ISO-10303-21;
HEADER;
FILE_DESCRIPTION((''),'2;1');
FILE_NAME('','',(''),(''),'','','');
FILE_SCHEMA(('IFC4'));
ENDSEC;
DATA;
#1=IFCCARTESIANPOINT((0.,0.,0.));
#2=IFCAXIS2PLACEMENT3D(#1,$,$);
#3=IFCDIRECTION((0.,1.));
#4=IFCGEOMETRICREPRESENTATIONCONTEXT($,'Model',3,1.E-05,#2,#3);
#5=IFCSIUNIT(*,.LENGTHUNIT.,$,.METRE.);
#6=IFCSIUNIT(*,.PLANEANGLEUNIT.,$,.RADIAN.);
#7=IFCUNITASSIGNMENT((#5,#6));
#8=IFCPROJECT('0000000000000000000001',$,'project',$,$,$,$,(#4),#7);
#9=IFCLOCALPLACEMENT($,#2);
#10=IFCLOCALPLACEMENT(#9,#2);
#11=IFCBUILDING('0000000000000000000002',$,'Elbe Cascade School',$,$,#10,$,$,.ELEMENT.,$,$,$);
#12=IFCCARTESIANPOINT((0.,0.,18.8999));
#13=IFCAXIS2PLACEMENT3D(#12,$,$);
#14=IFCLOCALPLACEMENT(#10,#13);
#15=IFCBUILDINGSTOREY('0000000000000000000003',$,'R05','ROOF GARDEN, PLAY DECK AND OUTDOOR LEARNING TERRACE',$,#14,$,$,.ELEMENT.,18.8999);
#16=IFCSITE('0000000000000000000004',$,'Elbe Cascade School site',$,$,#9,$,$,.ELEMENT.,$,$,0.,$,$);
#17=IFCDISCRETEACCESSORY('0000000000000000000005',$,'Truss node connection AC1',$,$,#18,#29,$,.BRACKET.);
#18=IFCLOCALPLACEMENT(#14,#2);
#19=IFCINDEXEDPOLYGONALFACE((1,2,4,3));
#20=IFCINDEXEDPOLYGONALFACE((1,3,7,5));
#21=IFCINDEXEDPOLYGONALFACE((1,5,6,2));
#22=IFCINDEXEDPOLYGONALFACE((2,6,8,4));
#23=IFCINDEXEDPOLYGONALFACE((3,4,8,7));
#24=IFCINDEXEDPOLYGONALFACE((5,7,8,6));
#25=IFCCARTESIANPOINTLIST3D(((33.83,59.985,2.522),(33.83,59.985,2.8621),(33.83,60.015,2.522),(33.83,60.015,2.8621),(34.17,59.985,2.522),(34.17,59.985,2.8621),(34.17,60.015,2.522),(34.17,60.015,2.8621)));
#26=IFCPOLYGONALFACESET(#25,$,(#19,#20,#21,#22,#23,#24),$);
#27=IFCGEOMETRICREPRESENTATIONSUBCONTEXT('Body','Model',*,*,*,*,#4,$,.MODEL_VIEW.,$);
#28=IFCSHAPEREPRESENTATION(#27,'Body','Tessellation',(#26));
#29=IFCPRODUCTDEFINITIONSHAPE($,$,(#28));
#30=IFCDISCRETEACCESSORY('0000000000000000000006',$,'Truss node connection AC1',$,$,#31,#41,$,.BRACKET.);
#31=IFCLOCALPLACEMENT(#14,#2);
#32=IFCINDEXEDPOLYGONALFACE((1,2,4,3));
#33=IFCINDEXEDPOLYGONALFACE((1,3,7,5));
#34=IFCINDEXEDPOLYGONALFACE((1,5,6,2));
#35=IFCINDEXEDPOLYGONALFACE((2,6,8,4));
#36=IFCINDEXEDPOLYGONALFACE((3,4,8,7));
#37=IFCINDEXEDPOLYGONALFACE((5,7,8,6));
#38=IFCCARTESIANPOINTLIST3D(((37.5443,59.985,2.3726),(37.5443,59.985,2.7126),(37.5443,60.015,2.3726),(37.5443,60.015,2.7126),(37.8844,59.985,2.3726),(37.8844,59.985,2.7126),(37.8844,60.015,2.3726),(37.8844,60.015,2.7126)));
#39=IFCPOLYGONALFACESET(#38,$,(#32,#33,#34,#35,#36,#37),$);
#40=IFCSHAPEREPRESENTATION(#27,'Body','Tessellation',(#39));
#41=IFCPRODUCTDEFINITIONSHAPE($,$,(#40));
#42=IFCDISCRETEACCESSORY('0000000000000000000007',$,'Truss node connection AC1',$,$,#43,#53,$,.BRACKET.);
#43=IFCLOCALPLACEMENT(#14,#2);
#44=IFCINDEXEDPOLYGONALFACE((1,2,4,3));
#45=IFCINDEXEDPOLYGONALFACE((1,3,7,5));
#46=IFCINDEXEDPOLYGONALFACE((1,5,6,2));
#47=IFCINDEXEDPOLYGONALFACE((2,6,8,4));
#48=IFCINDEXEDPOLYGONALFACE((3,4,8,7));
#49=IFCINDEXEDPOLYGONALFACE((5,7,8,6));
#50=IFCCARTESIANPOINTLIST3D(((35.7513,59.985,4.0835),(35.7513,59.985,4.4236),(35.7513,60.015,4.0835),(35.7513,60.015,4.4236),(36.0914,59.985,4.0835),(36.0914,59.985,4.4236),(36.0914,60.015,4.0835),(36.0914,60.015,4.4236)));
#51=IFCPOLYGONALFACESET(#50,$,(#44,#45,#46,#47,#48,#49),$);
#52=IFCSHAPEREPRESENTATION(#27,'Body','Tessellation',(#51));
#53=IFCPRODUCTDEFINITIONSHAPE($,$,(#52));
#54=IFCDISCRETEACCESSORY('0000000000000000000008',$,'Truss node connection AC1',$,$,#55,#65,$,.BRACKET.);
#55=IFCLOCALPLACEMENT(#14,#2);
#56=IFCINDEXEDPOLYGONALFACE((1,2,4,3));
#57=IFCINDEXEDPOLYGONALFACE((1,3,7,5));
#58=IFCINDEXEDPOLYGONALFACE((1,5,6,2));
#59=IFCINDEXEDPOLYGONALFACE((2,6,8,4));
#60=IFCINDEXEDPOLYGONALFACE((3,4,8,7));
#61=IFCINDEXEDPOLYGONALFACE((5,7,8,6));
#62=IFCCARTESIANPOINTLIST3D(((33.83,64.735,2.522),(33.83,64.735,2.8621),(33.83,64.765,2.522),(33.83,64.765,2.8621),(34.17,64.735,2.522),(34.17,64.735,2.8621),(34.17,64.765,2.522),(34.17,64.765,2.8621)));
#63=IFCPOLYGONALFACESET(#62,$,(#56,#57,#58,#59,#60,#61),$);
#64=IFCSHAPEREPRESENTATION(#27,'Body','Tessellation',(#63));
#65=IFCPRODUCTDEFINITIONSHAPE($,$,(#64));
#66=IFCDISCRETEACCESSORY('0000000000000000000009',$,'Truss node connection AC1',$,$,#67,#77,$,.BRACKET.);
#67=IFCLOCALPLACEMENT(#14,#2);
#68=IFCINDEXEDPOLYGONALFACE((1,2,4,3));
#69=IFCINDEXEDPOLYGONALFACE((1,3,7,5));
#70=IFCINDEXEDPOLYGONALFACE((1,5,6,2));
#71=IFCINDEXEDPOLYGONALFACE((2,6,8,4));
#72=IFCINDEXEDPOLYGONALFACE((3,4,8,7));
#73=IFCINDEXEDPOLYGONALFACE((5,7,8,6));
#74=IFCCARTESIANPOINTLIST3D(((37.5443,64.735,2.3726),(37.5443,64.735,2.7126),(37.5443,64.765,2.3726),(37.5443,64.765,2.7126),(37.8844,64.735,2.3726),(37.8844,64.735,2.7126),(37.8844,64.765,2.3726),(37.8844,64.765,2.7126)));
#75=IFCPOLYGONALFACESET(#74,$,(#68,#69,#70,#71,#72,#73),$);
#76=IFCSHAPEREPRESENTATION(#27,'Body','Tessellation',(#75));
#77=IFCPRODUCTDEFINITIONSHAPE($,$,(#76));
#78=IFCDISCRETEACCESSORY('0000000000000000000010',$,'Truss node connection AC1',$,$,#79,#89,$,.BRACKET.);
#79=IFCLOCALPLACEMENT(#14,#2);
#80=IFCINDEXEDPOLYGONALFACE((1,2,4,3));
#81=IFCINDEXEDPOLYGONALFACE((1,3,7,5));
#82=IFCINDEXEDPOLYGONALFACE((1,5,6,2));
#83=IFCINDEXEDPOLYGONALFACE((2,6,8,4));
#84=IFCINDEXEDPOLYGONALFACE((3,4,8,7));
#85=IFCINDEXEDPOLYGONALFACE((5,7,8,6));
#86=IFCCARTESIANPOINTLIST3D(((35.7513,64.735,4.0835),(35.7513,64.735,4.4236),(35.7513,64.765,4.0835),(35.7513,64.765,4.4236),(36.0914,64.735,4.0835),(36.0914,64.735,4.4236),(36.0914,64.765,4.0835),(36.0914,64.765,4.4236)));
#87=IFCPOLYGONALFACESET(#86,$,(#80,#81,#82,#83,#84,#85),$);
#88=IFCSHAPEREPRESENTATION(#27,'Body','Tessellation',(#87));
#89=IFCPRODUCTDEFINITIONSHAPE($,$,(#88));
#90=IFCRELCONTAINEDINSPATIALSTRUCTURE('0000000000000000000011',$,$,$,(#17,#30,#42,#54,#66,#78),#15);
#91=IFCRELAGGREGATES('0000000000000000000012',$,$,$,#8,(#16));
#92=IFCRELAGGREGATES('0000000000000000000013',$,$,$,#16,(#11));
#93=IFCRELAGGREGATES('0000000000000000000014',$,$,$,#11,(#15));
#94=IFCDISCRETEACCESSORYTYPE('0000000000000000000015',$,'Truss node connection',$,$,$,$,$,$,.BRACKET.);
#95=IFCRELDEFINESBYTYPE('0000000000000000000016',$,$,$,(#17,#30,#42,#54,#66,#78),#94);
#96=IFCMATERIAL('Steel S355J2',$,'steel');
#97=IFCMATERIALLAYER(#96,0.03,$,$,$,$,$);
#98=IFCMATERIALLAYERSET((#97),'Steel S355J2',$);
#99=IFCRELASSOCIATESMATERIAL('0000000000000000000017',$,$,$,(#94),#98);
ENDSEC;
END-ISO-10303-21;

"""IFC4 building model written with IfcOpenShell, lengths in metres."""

from ifc_helpers import new_model, si_unit, direction, frame, origin, origin_2d, place, context, subcontext, project, spatial, rectangle, extrude, material, layer, layer_set, type_object, element, save


model = new_model("IFC4")

# Units and contexts
model_context = context("Model", 3, precision=1e-05, world=origin(), true_north=direction((0.0, 1.0)))
body_context = subcontext(model_context, "Body", "Model", "MODEL_VIEW")
ifc_project = project(units=[si_unit("LENGTHUNIT", "METRE"), si_unit("PLANEANGLEUNIT", "RADIAN")], contexts=[model_context])

# Site, building, storey
site_placement = place(None, origin())
site = spatial("IfcSite", under=ifc_project, at=site_placement, Name="Elbe Cascade School site", CompositionType="ELEMENT", RefElevation=0.0)
building_placement = place(site_placement, origin())
building = spatial("IfcBuilding", under=site, at=building_placement, Name="Elbe Cascade School", CompositionType="ELEMENT")
storey_placement = place(building_placement, frame((0.0, 0.0, 18.8999)))
storey = spatial("IfcBuildingStorey", under=building, at=storey_placement, Name="R05", Description="ROOF GARDEN, PLAY DECK AND OUTDOOR LEARNING TERRACE", CompositionType="ELEMENT", Elevation=18.8999)

# Discrete accessories
ifc_material_1 = material(Name="Steel S355J2", Category="steel")
ifc_layer = layer(ifc_material_1, 0.03)
ifc_layer_set = layer_set([ifc_layer], Name="Steel S355J2")
discrete_accessory_type = type_object("IfcDiscreteAccessoryType", Name="Truss node connection", PredefinedType="BRACKET", material=ifc_layer_set)
for number, where, z_axis, x_axis, name in (
    (1, (34.0, 60.0, 2.522), (0.0, 0.0, 1.0), (1.0, 0.0, 0.0), "Truss node connection AC1"),
    (2, (37.7144, 60.0, 2.3726), (0.0, 0.0, 1.0), (1.0, 0.0, 0.0), "Truss node connection AC1"),
    (3, (35.9214, 60.0, 4.0835), (0.0, 0.0, 1.0), (1.0, 0.0, 0.0), "Truss node connection AC1"),
    (4, (34.0, 64.75, 2.522), (0.0, 0.0, 1.0), (1.0, 0.0, 0.0), "Truss node connection AC1"),
    (5, (37.7144, 64.75, 2.3726), (0.0, 0.0, 1.0), (1.0, 0.0, 0.0), "Truss node connection AC1"),
    (6, (35.9214, 64.75, 4.0835), (0.0, 0.0, 1.0), (1.0, 0.0, 0.0), "Truss node connection AC1"),
):
    element("IfcDiscreteAccessory", number, at=place(storey_placement, frame(where, z_axis=z_axis, x_axis=x_axis)), inside=storey, type_object=discrete_accessory_type, Name=name, PredefinedType="BRACKET", context=body_context, shape_type="SweptSolid", body=[
        extrude(rectangle(XDim=0.3401, YDim=0.03, at=origin_2d()), origin(), (0.0, 0.0, 1.0), 0.3401),
    ])

save(model, "model.ifc")
